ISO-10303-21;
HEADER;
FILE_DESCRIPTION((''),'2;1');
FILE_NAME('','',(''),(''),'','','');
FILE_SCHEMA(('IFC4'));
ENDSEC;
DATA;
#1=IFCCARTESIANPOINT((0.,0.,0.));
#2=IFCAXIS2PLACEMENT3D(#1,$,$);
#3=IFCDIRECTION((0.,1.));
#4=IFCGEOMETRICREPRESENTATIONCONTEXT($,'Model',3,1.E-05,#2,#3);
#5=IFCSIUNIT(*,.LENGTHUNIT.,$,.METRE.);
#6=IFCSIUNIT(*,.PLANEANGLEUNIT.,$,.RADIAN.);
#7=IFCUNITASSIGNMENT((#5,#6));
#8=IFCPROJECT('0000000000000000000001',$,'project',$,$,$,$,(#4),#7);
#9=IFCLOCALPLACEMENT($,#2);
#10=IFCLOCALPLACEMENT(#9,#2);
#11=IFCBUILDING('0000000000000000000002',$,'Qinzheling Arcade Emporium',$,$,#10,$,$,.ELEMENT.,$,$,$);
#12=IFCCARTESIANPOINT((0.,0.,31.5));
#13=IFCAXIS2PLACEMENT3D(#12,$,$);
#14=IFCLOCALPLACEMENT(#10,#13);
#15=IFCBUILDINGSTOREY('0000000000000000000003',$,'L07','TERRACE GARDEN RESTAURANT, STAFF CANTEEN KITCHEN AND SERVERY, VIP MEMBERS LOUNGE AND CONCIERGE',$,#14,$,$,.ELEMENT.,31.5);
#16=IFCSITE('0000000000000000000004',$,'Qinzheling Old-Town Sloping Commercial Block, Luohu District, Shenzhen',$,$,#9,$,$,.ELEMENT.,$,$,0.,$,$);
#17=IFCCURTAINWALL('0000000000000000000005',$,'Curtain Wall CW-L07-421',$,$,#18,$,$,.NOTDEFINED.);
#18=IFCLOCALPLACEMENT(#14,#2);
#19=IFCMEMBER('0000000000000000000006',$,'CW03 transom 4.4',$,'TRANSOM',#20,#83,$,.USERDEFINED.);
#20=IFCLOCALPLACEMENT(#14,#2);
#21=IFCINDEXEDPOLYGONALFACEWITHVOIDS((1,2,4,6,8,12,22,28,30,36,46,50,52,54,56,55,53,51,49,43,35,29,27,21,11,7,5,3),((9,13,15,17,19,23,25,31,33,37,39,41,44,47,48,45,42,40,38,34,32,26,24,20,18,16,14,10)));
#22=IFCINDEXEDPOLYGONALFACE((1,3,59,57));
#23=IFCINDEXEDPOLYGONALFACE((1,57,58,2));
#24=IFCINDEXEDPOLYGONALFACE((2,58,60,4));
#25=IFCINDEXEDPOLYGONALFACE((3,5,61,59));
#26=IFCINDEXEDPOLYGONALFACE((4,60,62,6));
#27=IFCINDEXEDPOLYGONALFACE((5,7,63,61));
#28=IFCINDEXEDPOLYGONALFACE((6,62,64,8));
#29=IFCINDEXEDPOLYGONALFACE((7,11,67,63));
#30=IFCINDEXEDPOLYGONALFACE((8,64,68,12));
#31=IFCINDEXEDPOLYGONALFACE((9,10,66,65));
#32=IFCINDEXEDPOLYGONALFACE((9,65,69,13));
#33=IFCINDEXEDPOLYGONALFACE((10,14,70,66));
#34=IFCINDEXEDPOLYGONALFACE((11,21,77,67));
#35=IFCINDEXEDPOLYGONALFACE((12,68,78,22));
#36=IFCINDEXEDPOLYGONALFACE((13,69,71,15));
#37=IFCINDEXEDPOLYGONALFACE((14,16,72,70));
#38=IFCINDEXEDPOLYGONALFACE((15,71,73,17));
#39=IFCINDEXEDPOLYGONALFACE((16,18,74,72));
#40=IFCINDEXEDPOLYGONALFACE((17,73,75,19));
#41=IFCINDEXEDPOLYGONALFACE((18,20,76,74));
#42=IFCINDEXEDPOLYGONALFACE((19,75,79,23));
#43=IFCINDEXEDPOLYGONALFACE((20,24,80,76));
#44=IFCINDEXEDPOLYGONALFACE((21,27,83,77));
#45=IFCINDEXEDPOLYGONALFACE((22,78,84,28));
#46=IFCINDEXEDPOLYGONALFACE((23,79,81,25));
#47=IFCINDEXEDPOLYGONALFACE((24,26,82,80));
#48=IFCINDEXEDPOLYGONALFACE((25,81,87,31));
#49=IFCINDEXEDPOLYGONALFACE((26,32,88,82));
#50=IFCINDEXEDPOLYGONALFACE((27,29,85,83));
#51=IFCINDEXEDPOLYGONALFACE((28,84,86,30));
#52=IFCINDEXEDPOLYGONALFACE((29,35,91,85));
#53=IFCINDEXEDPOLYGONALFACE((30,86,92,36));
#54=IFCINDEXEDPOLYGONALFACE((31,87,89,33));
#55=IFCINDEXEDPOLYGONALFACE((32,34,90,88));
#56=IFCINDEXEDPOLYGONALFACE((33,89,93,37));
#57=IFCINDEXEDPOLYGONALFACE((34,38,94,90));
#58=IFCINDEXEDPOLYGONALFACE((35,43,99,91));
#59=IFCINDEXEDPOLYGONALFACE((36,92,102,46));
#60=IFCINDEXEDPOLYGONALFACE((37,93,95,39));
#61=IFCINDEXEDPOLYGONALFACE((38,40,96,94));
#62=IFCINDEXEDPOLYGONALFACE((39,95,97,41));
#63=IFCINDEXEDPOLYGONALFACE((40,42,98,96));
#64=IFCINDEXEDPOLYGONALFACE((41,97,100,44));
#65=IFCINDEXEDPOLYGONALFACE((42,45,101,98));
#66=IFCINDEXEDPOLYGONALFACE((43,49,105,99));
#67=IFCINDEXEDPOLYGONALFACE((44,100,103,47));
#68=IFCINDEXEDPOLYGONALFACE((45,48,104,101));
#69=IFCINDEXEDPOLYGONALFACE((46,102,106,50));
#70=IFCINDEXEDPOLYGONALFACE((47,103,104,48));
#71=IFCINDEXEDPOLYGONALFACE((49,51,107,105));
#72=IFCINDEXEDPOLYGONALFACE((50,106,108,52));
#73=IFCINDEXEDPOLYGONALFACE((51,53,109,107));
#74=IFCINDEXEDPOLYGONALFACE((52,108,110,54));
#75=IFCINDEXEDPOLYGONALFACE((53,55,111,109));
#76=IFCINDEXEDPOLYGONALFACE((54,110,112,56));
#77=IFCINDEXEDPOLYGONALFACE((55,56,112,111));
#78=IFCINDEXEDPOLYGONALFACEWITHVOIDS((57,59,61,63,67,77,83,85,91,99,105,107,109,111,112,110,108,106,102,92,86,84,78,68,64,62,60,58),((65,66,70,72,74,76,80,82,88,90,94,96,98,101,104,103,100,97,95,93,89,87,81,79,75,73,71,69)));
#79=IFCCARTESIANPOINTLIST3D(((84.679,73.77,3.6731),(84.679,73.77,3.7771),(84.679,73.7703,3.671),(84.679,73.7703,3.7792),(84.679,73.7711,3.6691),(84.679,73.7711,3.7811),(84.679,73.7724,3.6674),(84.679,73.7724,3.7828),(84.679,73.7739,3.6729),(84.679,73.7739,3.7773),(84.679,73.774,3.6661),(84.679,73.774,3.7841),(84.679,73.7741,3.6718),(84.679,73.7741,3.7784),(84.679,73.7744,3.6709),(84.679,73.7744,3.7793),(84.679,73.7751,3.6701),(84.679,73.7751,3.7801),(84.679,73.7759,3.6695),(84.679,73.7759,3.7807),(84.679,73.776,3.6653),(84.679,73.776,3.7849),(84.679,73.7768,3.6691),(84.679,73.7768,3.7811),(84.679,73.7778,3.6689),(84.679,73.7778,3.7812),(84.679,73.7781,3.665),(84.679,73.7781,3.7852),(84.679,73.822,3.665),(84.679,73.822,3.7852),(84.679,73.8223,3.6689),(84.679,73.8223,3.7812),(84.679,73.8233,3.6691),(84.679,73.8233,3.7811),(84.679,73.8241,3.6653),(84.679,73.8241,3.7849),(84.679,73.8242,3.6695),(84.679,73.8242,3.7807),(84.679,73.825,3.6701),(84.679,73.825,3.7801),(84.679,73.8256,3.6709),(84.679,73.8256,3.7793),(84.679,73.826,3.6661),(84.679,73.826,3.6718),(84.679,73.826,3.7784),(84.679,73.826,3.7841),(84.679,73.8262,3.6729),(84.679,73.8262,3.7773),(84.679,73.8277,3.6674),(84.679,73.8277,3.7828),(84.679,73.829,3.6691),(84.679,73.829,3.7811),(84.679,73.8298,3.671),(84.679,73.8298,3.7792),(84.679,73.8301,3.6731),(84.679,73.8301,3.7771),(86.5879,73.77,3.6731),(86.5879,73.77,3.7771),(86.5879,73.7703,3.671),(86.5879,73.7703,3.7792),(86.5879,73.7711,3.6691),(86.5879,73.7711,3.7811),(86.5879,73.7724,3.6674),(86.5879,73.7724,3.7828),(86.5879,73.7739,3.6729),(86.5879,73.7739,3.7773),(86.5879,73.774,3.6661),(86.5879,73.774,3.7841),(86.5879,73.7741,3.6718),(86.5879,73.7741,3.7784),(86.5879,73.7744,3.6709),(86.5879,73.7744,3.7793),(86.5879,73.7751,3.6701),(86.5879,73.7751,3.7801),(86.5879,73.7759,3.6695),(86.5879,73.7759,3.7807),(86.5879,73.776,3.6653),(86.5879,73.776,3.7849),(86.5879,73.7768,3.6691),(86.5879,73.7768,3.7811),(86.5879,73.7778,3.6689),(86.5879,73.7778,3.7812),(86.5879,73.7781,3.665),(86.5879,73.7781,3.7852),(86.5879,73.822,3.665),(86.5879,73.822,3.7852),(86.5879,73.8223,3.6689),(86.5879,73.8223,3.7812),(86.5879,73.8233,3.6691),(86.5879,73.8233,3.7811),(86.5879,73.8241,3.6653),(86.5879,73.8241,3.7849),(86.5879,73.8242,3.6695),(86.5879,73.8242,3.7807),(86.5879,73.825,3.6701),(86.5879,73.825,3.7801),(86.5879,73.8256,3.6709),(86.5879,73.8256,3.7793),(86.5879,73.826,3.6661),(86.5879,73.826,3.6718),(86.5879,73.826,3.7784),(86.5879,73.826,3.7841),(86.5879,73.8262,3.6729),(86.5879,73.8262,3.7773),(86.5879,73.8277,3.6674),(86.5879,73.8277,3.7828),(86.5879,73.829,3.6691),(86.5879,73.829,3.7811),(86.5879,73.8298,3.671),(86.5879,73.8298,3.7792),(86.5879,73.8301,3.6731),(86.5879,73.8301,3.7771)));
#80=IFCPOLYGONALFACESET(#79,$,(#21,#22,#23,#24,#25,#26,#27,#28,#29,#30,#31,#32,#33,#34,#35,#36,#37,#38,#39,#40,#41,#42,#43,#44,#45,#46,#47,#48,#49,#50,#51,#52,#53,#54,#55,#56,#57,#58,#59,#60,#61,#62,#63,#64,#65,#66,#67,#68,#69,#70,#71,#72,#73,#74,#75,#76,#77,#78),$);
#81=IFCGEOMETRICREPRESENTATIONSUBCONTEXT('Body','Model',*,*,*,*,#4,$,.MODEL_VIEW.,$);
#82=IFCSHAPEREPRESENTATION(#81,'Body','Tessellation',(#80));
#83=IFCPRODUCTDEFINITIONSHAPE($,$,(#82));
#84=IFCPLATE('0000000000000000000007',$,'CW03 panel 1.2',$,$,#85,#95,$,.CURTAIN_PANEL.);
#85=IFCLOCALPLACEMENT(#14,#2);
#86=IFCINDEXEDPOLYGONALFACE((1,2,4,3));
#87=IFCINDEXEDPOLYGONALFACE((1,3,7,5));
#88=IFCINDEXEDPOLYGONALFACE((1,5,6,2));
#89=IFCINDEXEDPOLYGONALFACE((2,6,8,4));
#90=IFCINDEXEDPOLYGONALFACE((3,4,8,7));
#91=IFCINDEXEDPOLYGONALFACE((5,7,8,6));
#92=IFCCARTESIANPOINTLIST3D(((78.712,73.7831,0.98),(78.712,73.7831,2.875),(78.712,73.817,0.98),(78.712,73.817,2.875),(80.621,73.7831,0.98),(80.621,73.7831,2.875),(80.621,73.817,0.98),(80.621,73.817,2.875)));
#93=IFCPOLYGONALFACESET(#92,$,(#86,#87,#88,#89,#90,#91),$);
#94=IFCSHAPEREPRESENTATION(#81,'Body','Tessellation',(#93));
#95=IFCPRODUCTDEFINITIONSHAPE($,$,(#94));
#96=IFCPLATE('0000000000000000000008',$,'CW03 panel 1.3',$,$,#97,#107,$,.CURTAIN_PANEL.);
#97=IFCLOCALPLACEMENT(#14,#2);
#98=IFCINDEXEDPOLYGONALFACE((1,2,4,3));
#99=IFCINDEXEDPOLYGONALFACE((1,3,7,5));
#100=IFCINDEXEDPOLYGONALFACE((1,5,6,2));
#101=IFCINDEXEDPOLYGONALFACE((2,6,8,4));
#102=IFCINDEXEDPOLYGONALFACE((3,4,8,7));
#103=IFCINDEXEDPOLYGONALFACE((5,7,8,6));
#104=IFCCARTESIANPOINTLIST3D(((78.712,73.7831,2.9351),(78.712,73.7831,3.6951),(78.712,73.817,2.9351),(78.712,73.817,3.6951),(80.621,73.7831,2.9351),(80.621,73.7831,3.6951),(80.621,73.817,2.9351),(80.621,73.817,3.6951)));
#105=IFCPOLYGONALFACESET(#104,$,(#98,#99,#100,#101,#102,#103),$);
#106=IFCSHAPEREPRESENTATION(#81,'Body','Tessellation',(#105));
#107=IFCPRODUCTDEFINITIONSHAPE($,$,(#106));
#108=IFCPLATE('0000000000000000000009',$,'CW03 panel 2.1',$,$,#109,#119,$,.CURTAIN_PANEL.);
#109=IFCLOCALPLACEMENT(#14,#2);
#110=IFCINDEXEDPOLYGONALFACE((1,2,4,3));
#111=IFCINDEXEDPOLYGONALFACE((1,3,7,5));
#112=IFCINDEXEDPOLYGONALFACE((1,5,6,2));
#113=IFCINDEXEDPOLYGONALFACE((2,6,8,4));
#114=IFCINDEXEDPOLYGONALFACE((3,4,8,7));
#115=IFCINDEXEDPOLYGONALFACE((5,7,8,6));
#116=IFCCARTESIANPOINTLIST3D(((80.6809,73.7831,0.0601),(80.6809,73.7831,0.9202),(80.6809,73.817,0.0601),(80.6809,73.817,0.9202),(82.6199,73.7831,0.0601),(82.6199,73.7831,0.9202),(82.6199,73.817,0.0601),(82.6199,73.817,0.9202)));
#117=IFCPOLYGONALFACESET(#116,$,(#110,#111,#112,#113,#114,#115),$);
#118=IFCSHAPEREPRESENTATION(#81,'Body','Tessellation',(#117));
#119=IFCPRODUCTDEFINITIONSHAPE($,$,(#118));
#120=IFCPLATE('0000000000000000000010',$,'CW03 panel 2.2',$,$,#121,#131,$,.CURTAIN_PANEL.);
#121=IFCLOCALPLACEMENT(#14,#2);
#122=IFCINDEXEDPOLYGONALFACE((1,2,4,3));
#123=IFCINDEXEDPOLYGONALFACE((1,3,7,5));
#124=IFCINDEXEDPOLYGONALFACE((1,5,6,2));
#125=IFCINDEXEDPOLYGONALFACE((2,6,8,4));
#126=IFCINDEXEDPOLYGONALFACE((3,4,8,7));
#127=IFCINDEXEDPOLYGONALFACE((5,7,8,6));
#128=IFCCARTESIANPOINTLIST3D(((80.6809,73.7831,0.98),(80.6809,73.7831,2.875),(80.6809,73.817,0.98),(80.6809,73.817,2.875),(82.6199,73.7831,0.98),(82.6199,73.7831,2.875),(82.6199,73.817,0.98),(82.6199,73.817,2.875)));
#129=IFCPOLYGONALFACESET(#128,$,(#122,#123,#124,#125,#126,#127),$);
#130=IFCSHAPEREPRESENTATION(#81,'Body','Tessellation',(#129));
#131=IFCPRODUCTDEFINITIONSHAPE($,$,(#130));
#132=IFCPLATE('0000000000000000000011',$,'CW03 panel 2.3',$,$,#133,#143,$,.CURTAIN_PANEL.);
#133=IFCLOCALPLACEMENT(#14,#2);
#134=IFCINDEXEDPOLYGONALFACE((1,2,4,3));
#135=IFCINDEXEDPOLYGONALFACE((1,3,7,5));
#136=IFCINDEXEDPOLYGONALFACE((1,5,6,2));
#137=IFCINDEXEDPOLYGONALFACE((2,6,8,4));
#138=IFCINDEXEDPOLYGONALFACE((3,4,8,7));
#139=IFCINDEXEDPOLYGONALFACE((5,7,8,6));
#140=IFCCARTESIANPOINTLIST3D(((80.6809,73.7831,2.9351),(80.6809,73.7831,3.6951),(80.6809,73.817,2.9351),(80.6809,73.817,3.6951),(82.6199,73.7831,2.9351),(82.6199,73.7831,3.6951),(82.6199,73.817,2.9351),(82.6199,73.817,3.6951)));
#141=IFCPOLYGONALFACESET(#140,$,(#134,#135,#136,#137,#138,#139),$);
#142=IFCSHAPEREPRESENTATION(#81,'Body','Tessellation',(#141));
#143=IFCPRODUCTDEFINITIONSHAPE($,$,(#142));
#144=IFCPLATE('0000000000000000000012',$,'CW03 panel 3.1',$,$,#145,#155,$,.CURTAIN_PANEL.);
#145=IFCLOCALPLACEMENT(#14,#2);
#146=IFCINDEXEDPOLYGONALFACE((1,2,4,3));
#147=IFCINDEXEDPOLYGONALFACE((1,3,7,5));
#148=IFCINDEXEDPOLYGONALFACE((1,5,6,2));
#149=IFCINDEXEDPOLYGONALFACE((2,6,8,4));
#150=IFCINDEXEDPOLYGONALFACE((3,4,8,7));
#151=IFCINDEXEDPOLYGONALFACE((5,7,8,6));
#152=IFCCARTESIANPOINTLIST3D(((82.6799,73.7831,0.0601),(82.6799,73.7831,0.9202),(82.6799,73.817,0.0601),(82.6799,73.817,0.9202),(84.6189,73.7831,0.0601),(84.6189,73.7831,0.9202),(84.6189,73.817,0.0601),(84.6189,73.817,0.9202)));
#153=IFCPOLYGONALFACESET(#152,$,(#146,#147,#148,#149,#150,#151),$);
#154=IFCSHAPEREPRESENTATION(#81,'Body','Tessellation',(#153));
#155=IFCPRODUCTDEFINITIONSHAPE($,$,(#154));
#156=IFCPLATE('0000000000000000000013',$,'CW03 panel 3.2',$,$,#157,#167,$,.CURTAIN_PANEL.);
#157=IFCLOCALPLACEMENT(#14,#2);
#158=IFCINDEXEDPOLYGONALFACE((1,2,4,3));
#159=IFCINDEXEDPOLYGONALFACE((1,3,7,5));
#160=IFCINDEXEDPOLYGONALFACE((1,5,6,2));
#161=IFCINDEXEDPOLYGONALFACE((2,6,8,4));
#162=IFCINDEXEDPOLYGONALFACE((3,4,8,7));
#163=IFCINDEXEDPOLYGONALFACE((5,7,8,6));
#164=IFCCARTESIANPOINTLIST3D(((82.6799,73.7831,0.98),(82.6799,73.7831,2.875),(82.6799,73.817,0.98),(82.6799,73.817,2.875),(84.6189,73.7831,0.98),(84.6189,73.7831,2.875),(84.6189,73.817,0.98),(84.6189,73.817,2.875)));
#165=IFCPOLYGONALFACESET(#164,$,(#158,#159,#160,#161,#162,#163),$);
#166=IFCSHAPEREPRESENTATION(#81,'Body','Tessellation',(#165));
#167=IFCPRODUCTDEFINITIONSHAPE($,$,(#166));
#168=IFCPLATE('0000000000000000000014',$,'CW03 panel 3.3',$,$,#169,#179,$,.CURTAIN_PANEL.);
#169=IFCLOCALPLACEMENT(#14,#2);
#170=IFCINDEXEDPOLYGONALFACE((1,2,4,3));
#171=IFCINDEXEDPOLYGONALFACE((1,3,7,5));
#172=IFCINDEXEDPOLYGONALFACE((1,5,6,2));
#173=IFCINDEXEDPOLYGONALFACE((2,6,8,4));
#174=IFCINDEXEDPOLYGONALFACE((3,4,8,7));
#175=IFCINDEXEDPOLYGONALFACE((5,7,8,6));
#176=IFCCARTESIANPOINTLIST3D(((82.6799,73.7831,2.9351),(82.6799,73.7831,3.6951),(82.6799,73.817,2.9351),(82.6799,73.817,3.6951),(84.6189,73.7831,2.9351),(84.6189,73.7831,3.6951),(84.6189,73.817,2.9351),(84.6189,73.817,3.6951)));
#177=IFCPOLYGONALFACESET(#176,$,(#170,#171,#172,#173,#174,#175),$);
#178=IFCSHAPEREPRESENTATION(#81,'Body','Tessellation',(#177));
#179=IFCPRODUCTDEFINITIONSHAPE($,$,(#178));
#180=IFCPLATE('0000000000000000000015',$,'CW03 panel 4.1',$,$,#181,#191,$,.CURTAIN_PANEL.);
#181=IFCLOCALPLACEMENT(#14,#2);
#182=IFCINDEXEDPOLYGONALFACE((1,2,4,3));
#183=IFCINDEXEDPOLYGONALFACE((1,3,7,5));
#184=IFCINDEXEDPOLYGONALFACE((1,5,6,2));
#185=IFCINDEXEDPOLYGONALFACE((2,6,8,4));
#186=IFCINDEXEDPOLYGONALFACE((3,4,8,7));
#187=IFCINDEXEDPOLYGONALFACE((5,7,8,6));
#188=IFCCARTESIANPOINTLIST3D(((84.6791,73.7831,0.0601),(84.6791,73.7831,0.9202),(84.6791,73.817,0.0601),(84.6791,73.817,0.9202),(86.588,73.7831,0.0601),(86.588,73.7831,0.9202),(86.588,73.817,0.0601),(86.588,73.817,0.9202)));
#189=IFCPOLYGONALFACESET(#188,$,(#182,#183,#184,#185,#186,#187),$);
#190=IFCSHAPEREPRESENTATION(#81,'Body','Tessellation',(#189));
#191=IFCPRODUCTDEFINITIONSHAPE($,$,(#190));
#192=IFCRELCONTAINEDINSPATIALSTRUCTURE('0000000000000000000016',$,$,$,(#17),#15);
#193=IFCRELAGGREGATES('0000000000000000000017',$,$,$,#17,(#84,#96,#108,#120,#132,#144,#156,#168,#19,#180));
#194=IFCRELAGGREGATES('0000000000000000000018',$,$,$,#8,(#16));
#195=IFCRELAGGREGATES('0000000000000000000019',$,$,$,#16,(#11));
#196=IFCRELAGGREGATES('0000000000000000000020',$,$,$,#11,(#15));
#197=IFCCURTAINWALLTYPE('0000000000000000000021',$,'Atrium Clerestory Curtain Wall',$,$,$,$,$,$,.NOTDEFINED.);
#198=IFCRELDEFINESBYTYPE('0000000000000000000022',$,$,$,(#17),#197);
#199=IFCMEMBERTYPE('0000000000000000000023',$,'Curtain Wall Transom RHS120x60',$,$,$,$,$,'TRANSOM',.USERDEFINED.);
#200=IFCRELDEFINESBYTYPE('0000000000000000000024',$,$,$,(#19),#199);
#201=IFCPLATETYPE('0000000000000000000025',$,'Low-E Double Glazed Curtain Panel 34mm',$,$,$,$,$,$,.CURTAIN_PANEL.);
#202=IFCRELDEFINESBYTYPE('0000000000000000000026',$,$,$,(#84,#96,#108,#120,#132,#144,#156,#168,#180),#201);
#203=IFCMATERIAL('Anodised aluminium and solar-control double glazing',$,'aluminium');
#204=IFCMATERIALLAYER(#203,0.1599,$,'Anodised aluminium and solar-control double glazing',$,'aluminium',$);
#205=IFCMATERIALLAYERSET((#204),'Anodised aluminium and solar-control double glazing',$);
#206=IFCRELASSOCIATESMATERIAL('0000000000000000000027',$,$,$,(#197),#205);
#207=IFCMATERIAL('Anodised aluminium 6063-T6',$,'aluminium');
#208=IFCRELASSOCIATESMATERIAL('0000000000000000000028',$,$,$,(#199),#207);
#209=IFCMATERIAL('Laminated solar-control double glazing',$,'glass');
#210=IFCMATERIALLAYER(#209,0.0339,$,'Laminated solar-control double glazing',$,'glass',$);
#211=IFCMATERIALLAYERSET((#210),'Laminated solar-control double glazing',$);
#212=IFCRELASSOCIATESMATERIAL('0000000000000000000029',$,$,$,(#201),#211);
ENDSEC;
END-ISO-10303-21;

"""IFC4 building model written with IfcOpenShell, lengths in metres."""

from ifc_helpers import new_model, si_unit, direction, frame, origin, origin_2d, place, context, subcontext, project, spatial, rectangle, hollow_rectangle, extrude, material, layer, layer_set, material_profile, profile_set, type_object, element, aggregate, save


model = new_model("IFC4")

# Units and contexts
model_context = context("Model", 3, precision=1e-05, world=origin(), true_north=direction((0.0, 1.0)))
body_context = subcontext(model_context, "Body", "Model", "MODEL_VIEW")
ifc_project = project(units=[si_unit("LENGTHUNIT", "METRE"), si_unit("PLANEANGLEUNIT", "RADIAN")], contexts=[model_context])

# Site, building, storey
site_placement = place(None, origin())
site = spatial("IfcSite", under=ifc_project, at=site_placement, Name="Qinzheling Old-Town Sloping Commercial Block, Luohu District, Shenzhen", CompositionType="ELEMENT", RefElevation=0.0)
building_placement = place(site_placement, origin())
building = spatial("IfcBuilding", under=site, at=building_placement, Name="Qinzheling Arcade Emporium", CompositionType="ELEMENT")
storey_placement = place(building_placement, frame((0.0, 0.0, 31.5)))
storey = spatial("IfcBuildingStorey", under=building, at=storey_placement, Name="L07", Description="TERRACE GARDEN RESTAURANT, STAFF CANTEEN KITCHEN AND SERVERY, VIP MEMBERS LOUNGE AND CONCIERGE", CompositionType="ELEMENT", Elevation=31.5)

# Curtain wall, member, plates
ifc_material_1 = material(Name="Anodised aluminium and solar-control double glazing", Category="aluminium")
ifc_layer_1 = layer(ifc_material_1, 0.1599, Name="Anodised aluminium and solar-control double glazing", Category="aluminium")
ifc_layer_set_1 = layer_set([ifc_layer_1], Name="Anodised aluminium and solar-control double glazing")
curtain_wall_type = type_object("IfcCurtainWallType", Name="Atrium Clerestory Curtain Wall", PredefinedType="NOTDEFINED", material=ifc_layer_set_1)
curtain_wall_placement = place(storey_placement, origin())
curtain_wall = element("IfcCurtainWall", 1, at=curtain_wall_placement, inside=storey, type_object=curtain_wall_type, Name="Curtain Wall CW-L07-421", PredefinedType="NOTDEFINED")
ifc_material_2 = material(Name="Anodised aluminium 6063-T6", Category="aluminium")
ifc_material_profile_1 = material_profile(ifc_material_2, hollow_rectangle(XDim=0.0601, YDim=0.1201, WallThickness=0.0039, InnerFilletRadius=0.0039, OuterFilletRadius=0.0081, at=origin_2d()), Name="RHS 120x60x4", Category="aluminium")
ifc_profile_set_1 = profile_set([ifc_material_profile_1], Name="Anodised aluminium 6063-T6")
member_type_1 = type_object("IfcMemberType", Name="Curtain Wall Transom RHS120x60", ElementType="TRANSOM", PredefinedType="USERDEFINED", material=ifc_profile_set_1)
member_1_placement = place(storey_placement, frame((84.679, 73.8, 3.7251), z_axis=(1.0, 0.0, 0.0), x_axis=(0.0, 1.0, 0.0)))
member_1 = element("IfcMember", 2, at=member_1_placement, type_object=member_type_1, Name="CW03 transom 4.4", ObjectType="TRANSOM", PredefinedType="USERDEFINED", context=body_context, shape_type="SweptSolid", body=[
    extrude(hollow_rectangle(XDim=0.0601, YDim=0.1201, WallThickness=0.0039, InnerFilletRadius=0.0039, OuterFilletRadius=0.0081, at=origin_2d()), origin(), (0.0, 0.0, 1.0), 1.9089),
])
ifc_material_3 = material(Name="Laminated solar-control double glazing", Category="glass")
ifc_layer_2 = layer(ifc_material_3, 0.0339, Name="Laminated solar-control double glazing", Category="glass")
ifc_layer_set_2 = layer_set([ifc_layer_2], Name="Laminated solar-control double glazing")
plate_type = type_object("IfcPlateType", Name="Low-E Double Glazed Curtain Panel 34mm", PredefinedType="CURTAIN_PANEL", material=ifc_layer_set_2)
plate_1_placement = place(storey_placement, frame((79.6665, 73.8, 0.98), z_axis=(0.0, 0.0, 1.0), x_axis=(1.0, 0.0, 0.0)))
plate_1 = element("IfcPlate", 3, at=plate_1_placement, type_object=plate_type, Name="CW03 panel 1.2", PredefinedType="CURTAIN_PANEL", context=body_context, shape_type="SweptSolid", body=[
    extrude(rectangle(XDim=1.9089, YDim=0.0339, at=origin_2d()), origin(), (0.0, 0.0, 1.0), 1.895),
])
plate_2_placement = place(storey_placement, frame((79.6665, 73.8, 2.9351), z_axis=(0.0, 0.0, 1.0), x_axis=(1.0, 0.0, 0.0)))
plate_2 = element("IfcPlate", 4, at=plate_2_placement, type_object=plate_type, Name="CW03 panel 1.3", PredefinedType="CURTAIN_PANEL", context=body_context, shape_type="SweptSolid", body=[
    extrude(rectangle(XDim=1.9089, YDim=0.0339, at=origin_2d()), origin(), (0.0, 0.0, 1.0), 0.76),
])
plate_3_placement = place(storey_placement, frame((81.6504, 73.8, 0.0601), z_axis=(0.0, 0.0, 1.0), x_axis=(1.0, 0.0, 0.0)))
plate_3 = element("IfcPlate", 5, at=plate_3_placement, type_object=plate_type, Name="CW03 panel 2.1", PredefinedType="CURTAIN_PANEL", context=body_context, shape_type="SweptSolid", body=[
    extrude(rectangle(XDim=1.939, YDim=0.0339, at=origin_2d()), origin(), (0.0, 0.0, 1.0), 0.8601),
])
plate_4_placement = place(storey_placement, frame((81.6504, 73.8, 0.98), z_axis=(0.0, 0.0, 1.0), x_axis=(1.0, 0.0, 0.0)))
plate_4 = element("IfcPlate", 6, at=plate_4_placement, type_object=plate_type, Name="CW03 panel 2.2", PredefinedType="CURTAIN_PANEL", context=body_context, shape_type="SweptSolid", body=[
    extrude(rectangle(XDim=1.939, YDim=0.0339, at=origin_2d()), origin(), (0.0, 0.0, 1.0), 1.895),
])
plate_5_placement = place(storey_placement, frame((81.6504, 73.8, 2.9351), z_axis=(0.0, 0.0, 1.0), x_axis=(1.0, 0.0, 0.0)))
plate_5 = element("IfcPlate", 7, at=plate_5_placement, type_object=plate_type, Name="CW03 panel 2.3", PredefinedType="CURTAIN_PANEL", context=body_context, shape_type="SweptSolid", body=[
    extrude(rectangle(XDim=1.939, YDim=0.0339, at=origin_2d()), origin(), (0.0, 0.0, 1.0), 0.76),
])
plate_6_placement = place(storey_placement, frame((83.6494, 73.8, 0.0601), z_axis=(0.0, 0.0, 1.0), x_axis=(1.0, 0.0, 0.0)))
plate_6 = element("IfcPlate", 8, at=plate_6_placement, type_object=plate_type, Name="CW03 panel 3.1", PredefinedType="CURTAIN_PANEL", context=body_context, shape_type="SweptSolid", body=[
    extrude(rectangle(XDim=1.939, YDim=0.0339, at=origin_2d()), origin(), (0.0, 0.0, 1.0), 0.8601),
])
plate_7_placement = place(storey_placement, frame((83.6494, 73.8, 0.98), z_axis=(0.0, 0.0, 1.0), x_axis=(1.0, 0.0, 0.0)))
plate_7 = element("IfcPlate", 9, at=plate_7_placement, type_object=plate_type, Name="CW03 panel 3.2", PredefinedType="CURTAIN_PANEL", context=body_context, shape_type="SweptSolid", body=[
    extrude(rectangle(XDim=1.939, YDim=0.0339, at=origin_2d()), origin(), (0.0, 0.0, 1.0), 1.895),
])
plate_8_placement = place(storey_placement, frame((83.6494, 73.8, 2.9351), z_axis=(0.0, 0.0, 1.0), x_axis=(1.0, 0.0, 0.0)))
plate_8 = element("IfcPlate", 10, at=plate_8_placement, type_object=plate_type, Name="CW03 panel 3.3", PredefinedType="CURTAIN_PANEL", context=body_context, shape_type="SweptSolid", body=[
    extrude(rectangle(XDim=1.939, YDim=0.0339, at=origin_2d()), origin(), (0.0, 0.0, 1.0), 0.76),
])
plate_9_placement = place(storey_placement, frame((85.6335, 73.8, 0.0601), z_axis=(0.0, 0.0, 1.0), x_axis=(1.0, 0.0, 0.0)))
plate_9 = element("IfcPlate", 11, at=plate_9_placement, type_object=plate_type, Name="CW03 panel 4.1", PredefinedType="CURTAIN_PANEL", context=body_context, shape_type="SweptSolid", body=[
    extrude(rectangle(XDim=1.9089, YDim=0.0339, at=origin_2d()), origin(), (0.0, 0.0, 1.0), 0.8601),
])
aggregate(curtain_wall, [plate_1, plate_2, plate_3, plate_4, plate_5, plate_6, plate_7, plate_8, member_1, plate_9])

save(model, "model.ifc")
